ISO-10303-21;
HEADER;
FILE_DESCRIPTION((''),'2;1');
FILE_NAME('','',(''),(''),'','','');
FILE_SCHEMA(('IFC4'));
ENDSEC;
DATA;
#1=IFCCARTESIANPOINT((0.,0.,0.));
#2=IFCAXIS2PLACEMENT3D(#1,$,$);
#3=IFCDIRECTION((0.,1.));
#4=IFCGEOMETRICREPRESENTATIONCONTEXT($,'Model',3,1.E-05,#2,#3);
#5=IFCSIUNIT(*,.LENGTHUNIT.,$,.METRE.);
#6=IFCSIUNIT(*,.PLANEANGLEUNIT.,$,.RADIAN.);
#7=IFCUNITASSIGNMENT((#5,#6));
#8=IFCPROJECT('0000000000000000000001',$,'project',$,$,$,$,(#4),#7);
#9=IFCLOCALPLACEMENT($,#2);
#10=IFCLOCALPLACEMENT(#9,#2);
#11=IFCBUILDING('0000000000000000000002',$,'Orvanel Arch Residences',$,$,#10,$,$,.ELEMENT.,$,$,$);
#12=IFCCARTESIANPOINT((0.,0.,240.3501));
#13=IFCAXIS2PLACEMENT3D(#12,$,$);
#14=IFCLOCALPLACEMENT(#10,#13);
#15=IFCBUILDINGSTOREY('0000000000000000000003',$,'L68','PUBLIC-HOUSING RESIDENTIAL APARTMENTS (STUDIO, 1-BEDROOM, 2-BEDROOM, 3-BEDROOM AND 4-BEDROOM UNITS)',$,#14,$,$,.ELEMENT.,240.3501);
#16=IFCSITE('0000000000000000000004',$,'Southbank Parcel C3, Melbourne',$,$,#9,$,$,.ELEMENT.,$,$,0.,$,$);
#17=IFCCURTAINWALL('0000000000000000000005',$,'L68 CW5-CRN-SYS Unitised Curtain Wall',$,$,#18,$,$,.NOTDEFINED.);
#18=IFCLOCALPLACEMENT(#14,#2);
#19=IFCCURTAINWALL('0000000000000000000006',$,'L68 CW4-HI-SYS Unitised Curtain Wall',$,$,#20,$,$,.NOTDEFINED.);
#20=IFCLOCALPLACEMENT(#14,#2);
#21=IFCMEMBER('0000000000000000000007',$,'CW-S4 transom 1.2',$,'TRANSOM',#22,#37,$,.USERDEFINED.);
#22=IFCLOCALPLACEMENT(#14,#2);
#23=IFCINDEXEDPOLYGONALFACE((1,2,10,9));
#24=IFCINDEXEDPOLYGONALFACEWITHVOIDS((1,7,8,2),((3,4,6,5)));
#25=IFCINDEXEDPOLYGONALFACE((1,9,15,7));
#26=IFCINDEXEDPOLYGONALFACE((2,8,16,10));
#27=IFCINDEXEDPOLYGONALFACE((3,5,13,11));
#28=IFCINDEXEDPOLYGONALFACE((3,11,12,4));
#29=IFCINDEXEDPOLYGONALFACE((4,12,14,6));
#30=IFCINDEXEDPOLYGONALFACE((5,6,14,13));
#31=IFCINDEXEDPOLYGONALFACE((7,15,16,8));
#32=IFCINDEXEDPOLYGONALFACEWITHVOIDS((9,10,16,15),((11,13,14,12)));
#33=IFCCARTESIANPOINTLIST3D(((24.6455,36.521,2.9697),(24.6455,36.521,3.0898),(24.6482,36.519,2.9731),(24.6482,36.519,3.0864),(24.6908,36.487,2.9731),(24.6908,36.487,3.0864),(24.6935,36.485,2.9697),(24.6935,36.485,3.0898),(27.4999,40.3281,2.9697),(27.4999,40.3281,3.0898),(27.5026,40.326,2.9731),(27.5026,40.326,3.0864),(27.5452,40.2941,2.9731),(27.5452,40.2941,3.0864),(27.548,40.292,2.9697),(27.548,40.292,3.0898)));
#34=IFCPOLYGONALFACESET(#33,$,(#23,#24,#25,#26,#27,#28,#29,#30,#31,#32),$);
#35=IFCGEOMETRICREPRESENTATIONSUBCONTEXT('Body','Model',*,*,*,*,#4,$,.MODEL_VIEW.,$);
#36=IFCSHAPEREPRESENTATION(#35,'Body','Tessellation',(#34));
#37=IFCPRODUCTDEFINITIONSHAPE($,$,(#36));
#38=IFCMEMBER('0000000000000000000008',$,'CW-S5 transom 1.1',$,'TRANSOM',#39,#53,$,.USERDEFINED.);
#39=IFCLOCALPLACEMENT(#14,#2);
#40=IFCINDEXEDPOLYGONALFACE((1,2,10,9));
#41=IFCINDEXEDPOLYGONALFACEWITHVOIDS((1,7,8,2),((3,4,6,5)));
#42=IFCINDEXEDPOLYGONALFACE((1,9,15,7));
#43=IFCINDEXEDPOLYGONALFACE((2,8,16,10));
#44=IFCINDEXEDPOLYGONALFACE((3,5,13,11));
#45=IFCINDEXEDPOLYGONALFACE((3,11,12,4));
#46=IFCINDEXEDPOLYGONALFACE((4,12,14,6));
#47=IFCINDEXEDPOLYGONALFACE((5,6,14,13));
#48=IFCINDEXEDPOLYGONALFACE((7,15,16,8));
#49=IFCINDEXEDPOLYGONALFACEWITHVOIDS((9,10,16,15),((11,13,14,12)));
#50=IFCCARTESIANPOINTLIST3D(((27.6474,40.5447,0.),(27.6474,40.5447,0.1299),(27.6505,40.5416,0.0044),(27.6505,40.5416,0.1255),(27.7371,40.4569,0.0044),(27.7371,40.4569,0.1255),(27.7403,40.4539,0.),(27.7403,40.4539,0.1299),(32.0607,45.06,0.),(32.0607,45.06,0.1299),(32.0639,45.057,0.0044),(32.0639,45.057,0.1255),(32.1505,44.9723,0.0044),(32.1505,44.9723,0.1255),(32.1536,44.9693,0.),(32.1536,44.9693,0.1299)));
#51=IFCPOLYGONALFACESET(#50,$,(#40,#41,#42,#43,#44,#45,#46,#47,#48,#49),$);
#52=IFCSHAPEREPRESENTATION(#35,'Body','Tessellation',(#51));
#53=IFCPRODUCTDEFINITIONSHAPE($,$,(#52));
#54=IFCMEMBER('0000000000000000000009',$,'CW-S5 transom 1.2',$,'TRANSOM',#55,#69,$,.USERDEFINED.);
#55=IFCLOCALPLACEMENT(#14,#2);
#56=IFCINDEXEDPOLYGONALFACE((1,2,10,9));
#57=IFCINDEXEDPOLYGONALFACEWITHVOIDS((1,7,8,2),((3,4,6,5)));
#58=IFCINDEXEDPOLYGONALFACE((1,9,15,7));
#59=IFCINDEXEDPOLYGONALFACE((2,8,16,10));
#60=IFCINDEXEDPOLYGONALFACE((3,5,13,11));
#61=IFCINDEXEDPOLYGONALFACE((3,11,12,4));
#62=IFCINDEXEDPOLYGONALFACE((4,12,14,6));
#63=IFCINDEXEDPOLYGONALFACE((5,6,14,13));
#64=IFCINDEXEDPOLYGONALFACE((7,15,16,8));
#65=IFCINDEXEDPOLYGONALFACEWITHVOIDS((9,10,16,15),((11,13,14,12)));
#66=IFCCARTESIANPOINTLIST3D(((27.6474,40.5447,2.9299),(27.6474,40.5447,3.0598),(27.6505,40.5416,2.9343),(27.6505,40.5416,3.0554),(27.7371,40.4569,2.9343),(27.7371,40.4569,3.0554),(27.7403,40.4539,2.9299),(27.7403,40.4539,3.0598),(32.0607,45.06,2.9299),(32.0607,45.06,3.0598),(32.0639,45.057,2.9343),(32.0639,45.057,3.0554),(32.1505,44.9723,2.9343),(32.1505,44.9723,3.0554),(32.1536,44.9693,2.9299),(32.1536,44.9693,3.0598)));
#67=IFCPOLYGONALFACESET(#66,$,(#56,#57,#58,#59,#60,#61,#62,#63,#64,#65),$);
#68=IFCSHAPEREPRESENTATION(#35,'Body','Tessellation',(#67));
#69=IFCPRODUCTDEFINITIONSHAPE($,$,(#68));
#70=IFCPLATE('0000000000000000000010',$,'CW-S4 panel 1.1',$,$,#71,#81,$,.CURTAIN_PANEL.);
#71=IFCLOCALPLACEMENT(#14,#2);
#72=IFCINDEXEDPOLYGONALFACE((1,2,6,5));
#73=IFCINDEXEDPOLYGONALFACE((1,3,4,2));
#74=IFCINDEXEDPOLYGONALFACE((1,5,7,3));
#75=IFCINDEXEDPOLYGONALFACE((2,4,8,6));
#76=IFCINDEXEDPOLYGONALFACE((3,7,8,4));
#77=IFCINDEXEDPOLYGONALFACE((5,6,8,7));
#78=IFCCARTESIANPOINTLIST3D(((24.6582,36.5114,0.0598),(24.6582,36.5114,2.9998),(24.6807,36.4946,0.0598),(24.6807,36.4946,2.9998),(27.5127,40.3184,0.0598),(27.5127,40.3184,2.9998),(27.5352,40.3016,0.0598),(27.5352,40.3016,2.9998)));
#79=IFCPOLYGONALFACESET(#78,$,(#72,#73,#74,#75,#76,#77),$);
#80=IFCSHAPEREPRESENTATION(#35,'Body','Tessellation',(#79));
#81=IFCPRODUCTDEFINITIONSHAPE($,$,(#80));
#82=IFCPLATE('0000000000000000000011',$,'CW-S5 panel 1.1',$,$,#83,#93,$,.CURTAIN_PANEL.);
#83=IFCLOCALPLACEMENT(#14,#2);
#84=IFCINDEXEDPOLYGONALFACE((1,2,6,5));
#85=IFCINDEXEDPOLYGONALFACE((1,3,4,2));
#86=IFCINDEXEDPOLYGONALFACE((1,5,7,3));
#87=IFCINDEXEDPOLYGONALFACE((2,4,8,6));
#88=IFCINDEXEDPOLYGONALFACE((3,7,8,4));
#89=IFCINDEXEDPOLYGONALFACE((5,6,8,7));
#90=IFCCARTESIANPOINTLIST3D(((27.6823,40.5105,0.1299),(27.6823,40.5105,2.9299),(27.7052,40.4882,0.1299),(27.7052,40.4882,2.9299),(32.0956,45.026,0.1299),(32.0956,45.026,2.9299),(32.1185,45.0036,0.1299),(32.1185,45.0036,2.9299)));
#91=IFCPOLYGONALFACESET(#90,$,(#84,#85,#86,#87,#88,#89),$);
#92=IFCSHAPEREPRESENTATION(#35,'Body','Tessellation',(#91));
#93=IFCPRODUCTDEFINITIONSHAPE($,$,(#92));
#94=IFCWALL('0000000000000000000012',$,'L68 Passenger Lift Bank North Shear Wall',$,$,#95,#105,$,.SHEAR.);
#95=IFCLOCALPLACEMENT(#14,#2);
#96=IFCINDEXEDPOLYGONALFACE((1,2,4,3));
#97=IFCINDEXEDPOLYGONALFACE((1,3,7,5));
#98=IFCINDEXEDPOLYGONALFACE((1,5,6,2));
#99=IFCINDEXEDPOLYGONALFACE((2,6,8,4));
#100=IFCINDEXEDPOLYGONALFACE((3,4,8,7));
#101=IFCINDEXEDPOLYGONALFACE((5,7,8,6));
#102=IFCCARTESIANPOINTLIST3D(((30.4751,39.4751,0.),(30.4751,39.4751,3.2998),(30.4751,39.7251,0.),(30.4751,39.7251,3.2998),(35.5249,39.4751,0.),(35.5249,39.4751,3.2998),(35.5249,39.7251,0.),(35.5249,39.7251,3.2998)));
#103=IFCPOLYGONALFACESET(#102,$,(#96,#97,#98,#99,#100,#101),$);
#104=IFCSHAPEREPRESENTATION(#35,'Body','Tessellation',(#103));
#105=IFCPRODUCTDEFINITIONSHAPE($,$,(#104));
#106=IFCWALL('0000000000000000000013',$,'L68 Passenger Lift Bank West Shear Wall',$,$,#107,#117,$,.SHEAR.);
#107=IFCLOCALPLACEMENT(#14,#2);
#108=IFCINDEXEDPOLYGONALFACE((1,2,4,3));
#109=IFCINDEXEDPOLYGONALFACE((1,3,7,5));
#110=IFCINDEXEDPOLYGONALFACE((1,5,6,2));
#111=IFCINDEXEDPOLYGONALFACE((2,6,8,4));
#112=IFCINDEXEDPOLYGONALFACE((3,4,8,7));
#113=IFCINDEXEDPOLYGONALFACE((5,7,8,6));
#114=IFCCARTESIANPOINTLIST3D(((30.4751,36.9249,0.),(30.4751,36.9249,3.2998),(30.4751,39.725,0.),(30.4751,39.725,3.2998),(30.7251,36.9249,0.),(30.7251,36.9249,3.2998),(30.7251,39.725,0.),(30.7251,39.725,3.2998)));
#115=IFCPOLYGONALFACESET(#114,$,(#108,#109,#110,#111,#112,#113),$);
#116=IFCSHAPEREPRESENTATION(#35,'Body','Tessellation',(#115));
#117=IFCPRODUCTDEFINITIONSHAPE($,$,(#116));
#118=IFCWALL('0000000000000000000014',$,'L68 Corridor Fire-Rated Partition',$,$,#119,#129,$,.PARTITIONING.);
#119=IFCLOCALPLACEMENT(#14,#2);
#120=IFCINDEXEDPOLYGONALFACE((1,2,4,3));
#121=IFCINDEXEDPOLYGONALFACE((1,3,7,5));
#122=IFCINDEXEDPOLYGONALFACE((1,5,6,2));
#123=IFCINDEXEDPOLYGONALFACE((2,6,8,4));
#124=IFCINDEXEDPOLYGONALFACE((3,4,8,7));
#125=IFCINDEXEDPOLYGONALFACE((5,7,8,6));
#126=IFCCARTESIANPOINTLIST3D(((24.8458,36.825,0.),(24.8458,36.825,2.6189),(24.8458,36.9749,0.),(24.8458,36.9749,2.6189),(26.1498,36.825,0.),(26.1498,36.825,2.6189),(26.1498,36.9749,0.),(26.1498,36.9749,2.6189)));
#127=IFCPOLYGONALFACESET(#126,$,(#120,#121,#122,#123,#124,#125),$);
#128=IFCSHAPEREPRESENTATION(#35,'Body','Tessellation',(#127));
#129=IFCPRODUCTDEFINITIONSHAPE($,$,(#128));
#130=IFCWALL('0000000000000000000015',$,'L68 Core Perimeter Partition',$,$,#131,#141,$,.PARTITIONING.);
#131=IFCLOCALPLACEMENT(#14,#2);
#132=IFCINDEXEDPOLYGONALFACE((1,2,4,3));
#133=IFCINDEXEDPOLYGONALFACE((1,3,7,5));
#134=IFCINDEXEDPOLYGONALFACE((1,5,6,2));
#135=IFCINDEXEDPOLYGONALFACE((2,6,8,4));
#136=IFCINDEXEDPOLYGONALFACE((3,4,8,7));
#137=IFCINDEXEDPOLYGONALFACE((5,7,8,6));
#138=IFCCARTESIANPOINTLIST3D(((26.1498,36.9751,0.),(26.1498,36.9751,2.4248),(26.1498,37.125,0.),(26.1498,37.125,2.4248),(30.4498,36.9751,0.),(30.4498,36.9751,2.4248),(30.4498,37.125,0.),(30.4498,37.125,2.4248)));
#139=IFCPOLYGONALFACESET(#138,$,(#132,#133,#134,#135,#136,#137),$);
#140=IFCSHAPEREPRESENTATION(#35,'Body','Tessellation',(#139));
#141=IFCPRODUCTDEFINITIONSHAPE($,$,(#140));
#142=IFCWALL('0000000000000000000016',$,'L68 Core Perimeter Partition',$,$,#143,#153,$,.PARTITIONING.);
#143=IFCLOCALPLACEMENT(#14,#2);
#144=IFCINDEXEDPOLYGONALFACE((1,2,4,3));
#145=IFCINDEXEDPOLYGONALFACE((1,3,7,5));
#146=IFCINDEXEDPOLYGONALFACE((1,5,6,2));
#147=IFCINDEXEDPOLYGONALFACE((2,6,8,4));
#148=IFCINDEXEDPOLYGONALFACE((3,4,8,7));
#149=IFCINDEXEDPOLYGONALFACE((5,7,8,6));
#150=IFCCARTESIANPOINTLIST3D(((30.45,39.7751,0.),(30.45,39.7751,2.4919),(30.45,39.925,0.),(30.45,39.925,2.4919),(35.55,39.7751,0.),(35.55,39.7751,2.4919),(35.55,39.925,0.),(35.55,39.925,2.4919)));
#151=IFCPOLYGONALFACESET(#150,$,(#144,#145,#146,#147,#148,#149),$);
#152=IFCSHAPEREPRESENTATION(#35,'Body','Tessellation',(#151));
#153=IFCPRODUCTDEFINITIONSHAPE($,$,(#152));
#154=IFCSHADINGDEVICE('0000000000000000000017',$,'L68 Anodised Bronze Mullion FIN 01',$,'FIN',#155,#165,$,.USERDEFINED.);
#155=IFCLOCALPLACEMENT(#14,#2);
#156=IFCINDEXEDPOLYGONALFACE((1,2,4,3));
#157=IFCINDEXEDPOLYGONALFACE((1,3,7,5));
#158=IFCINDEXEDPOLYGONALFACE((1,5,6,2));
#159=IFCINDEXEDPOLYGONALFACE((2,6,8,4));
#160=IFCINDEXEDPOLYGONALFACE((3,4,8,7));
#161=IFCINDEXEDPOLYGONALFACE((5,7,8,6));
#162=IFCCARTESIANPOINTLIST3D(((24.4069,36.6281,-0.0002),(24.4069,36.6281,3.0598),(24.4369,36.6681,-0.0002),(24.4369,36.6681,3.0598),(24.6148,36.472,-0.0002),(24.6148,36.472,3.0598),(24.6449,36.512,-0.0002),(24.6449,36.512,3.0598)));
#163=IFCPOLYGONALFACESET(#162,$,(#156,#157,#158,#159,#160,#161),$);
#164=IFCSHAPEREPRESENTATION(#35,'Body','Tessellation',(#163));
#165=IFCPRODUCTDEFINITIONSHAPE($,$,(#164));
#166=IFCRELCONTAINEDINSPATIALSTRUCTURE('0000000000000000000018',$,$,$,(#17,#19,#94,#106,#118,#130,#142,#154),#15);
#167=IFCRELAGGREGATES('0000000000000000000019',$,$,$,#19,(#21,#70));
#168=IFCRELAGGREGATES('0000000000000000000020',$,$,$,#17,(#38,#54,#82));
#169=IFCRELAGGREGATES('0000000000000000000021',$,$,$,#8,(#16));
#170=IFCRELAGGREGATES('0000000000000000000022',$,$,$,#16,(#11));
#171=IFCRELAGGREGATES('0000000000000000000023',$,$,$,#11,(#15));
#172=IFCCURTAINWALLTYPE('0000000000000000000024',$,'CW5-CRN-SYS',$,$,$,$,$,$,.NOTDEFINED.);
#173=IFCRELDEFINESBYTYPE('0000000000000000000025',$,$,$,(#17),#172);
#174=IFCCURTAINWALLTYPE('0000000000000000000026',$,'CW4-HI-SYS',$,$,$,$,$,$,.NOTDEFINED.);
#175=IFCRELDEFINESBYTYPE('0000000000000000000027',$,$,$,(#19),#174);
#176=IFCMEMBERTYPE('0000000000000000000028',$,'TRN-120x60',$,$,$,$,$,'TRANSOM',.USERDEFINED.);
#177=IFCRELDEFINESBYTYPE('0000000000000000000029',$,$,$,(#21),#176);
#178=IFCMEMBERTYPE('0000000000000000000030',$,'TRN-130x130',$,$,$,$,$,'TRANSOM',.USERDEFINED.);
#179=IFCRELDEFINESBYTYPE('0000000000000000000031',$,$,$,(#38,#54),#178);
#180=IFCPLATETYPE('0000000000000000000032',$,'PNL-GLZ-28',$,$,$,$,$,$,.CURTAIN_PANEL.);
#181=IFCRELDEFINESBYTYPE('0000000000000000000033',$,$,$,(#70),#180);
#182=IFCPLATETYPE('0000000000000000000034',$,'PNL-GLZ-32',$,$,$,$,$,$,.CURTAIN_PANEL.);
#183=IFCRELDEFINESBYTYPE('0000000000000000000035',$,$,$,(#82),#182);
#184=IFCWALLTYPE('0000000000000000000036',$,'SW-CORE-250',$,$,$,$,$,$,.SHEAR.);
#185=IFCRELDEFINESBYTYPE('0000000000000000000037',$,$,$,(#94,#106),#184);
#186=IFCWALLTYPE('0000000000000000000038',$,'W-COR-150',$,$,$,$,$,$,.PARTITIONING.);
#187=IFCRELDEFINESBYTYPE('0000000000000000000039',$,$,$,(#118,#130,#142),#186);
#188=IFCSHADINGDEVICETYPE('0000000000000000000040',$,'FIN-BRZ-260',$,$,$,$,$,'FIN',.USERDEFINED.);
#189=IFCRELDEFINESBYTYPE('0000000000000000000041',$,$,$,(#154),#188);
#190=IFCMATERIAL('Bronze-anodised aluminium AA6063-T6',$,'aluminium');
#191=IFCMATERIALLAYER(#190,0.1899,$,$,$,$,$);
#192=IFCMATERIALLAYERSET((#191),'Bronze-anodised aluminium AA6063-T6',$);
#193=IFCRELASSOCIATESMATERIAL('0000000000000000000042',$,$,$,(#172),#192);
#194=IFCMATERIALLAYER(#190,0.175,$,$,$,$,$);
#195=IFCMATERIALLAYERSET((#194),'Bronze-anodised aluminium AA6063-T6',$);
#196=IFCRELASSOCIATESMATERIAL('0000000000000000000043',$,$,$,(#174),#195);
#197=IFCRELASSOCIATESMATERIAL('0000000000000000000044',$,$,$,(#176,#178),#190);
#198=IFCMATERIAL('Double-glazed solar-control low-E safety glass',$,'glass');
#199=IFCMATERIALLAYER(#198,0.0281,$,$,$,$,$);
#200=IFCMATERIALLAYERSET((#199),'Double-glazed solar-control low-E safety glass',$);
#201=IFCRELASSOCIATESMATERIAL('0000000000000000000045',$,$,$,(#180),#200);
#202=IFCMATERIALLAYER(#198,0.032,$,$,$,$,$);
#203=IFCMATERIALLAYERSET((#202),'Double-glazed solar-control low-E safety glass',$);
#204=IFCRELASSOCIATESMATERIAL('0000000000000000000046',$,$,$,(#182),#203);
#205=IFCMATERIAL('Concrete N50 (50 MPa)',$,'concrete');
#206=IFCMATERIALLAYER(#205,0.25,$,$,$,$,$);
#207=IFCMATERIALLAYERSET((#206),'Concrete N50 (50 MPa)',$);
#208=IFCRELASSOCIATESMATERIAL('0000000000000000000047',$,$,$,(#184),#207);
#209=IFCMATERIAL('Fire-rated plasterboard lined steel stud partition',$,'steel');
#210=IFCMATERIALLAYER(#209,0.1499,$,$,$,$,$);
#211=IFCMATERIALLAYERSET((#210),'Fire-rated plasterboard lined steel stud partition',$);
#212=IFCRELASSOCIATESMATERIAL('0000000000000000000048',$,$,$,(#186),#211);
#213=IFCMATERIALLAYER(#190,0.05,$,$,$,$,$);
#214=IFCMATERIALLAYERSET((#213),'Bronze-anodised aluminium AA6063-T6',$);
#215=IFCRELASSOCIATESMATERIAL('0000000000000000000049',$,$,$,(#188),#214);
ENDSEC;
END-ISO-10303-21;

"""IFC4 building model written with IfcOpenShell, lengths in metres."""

from ifc_helpers import new_model, si_unit, direction, frame, frame_2d, origin, origin_2d, place, context, subcontext, project, spatial, rectangle, hollow_rectangle, extrude, material, layer, layer_set, material_profile, profile_set, type_object, element, aggregate, save


model = new_model("IFC4")

# Units and contexts
model_context = context("Model", 3, precision=1e-05, world=origin(), true_north=direction((0.0, 1.0)))
body_context = subcontext(model_context, "Body", "Model", "MODEL_VIEW")
ifc_project = project(units=[si_unit("LENGTHUNIT", "METRE"), si_unit("PLANEANGLEUNIT", "RADIAN")], contexts=[model_context])

# Site, building, storey
site_placement = place(None, origin())
site = spatial("IfcSite", under=ifc_project, at=site_placement, Name="Southbank Parcel C3, Melbourne", CompositionType="ELEMENT", RefElevation=0.0)
building_placement = place(site_placement, origin())
building = spatial("IfcBuilding", under=site, at=building_placement, Name="Orvanel Arch Residences", CompositionType="ELEMENT")
storey_placement = place(building_placement, frame((0.0, 0.0, 240.3501)))
storey = spatial("IfcBuildingStorey", under=building, at=storey_placement, Name="L68", Description="PUBLIC-HOUSING RESIDENTIAL APARTMENTS (STUDIO, 1-BEDROOM, 2-BEDROOM, 3-BEDROOM AND 4-BEDROOM UNITS)", CompositionType="ELEMENT", Elevation=240.3501)

# Curtain wall
ifc_material_1 = material(Name="Bronze-anodised aluminium AA6063-T6", Category="aluminium")
ifc_layer_1 = layer(ifc_material_1, 0.1899)
ifc_layer_set_1 = layer_set([ifc_layer_1], Name="Bronze-anodised aluminium AA6063-T6")
curtain_wall_type_1 = type_object("IfcCurtainWallType", Name="CW5-CRN-SYS", PredefinedType="NOTDEFINED", material=ifc_layer_set_1)
curtain_wall_1_placement = place(storey_placement, origin())
curtain_wall_1 = element("IfcCurtainWall", 1, at=curtain_wall_1_placement, inside=storey, type_object=curtain_wall_type_1, Name="L68 CW5-CRN-SYS Unitised Curtain Wall", PredefinedType="NOTDEFINED")

# Curtain wall
ifc_layer_2 = layer(ifc_material_1, 0.175)
ifc_layer_set_2 = layer_set([ifc_layer_2], Name="Bronze-anodised aluminium AA6063-T6")
curtain_wall_type_2 = type_object("IfcCurtainWallType", Name="CW4-HI-SYS", PredefinedType="NOTDEFINED", material=ifc_layer_set_2)
curtain_wall_2_placement = place(storey_placement, origin())
curtain_wall_2 = element("IfcCurtainWall", 2, at=curtain_wall_2_placement, inside=storey, type_object=curtain_wall_type_2, Name="L68 CW4-HI-SYS Unitised Curtain Wall", PredefinedType="NOTDEFINED")

# Members
ifc_material_profile_1 = material_profile(ifc_material_1, hollow_rectangle(XDim=0.0601, YDim=0.1201, WallThickness=0.0034, at=origin_2d()), Name="ALU120x60x3.5")
ifc_profile_set_1 = profile_set([ifc_material_profile_1], Name="Bronze-anodised aluminium AA6063-T6")
member_type_1 = type_object("IfcMemberType", Name="TRN-120x60", ElementType="TRANSOM", PredefinedType="USERDEFINED", material=ifc_profile_set_1)
member_1_placement = place(storey_placement, frame((27.5239, 40.3101, 3.0298), z_axis=(-0.599885, -0.800086, 0.0), x_axis=(0.800086, -0.599885, 0.0)))
member_1 = element("IfcMember", 3, at=member_1_placement, type_object=member_type_1, Name="CW-S4 transom 1.2", ObjectType="TRANSOM", PredefinedType="USERDEFINED", context=body_context, shape_type="SweptSolid", body=[
    extrude(hollow_rectangle(XDim=0.0601, YDim=0.1201, WallThickness=0.0034, at=origin_2d()), origin(), (0.0, 0.0, 1.0), 4.7583),
])
ifc_material_profile_2 = material_profile(ifc_material_1, hollow_rectangle(XDim=0.1299, YDim=0.1299, WallThickness=0.0044, at=origin_2d()), Name="ALU130x130x4.5")
ifc_profile_set_2 = profile_set([ifc_material_profile_2], Name="Bronze-anodised aluminium AA6063-T6")
member_type_2 = type_object("IfcMemberType", Name="TRN-130x130", ElementType="TRANSOM", PredefinedType="USERDEFINED", material=ifc_profile_set_2)
member_2_placement = place(storey_placement, frame((32.1072, 45.0146, 0.0649), z_axis=(-0.698979, -0.715142, 0.0), x_axis=(0.715142, -0.698979, 0.0)))
member_2 = element("IfcMember", 4, at=member_2_placement, type_object=member_type_2, Name="CW-S5 transom 1.1", ObjectType="TRANSOM", PredefinedType="USERDEFINED", context=body_context, shape_type="SweptSolid", body=[
    extrude(hollow_rectangle(XDim=0.1299, YDim=0.1299, WallThickness=0.0044, at=origin_2d()), origin(), (0.0, 0.0, 1.0), 6.314),
])
member_3_placement = place(storey_placement, frame((32.1072, 45.0146, 2.9949), z_axis=(-0.698979, -0.715142, 0.0), x_axis=(0.715142, -0.698979, 0.0)))
member_3 = element("IfcMember", 5, at=member_3_placement, type_object=member_type_2, Name="CW-S5 transom 1.2", ObjectType="TRANSOM", PredefinedType="USERDEFINED", context=body_context, shape_type="SweptSolid", body=[
    extrude(hollow_rectangle(XDim=0.1299, YDim=0.1299, WallThickness=0.0044, at=origin_2d()), origin(), (0.0, 0.0, 1.0), 6.314),
])

# Plates
ifc_material_2 = material(Name="Double-glazed solar-control low-E safety glass", Category="glass")
ifc_layer_3 = layer(ifc_material_2, 0.0281)
ifc_layer_set_3 = layer_set([ifc_layer_3], Name="Double-glazed solar-control low-E safety glass")
plate_type_1 = type_object("IfcPlateType", Name="PNL-GLZ-28", PredefinedType="CURTAIN_PANEL", material=ifc_layer_set_3)
plate_1_placement = place(storey_placement, frame((26.0967, 38.4065, 0.0598), z_axis=(0.0, 0.0, 1.0), x_axis=(-0.599901, -0.800074, 0.0)))
plate_1 = element("IfcPlate", 6, at=plate_1_placement, type_object=plate_type_1, Name="CW-S4 panel 1.1", PredefinedType="CURTAIN_PANEL", context=body_context, shape_type="SweptSolid", body=[
    extrude(rectangle(XDim=4.7583, YDim=0.0281, at=origin_2d()), origin(), (0.0, 0.0, 1.0), 2.9399),
])
aggregate(curtain_wall_2, [member_1, plate_1])
ifc_layer_4 = layer(ifc_material_2, 0.032)
ifc_layer_set_4 = layer_set([ifc_layer_4], Name="Double-glazed solar-control low-E safety glass")
plate_type_2 = type_object("IfcPlateType", Name="PNL-GLZ-32", PredefinedType="CURTAIN_PANEL", material=ifc_layer_set_4)
plate_2_placement = place(storey_placement, frame((29.9004, 42.7571, 0.1299), z_axis=(0.0, 0.0, 1.0), x_axis=(-0.698972, -0.715149, 0.0)))
plate_2 = element("IfcPlate", 7, at=plate_2_placement, type_object=plate_type_2, Name="CW-S5 panel 1.1", PredefinedType="CURTAIN_PANEL", context=body_context, shape_type="SweptSolid", body=[
    extrude(rectangle(XDim=6.314, YDim=0.032, at=origin_2d()), origin(), (0.0, 0.0, 1.0), 2.8),
])
aggregate(curtain_wall_1, [member_2, member_3, plate_2])

# Walls
ifc_material_3 = material(Name="Concrete N50 (50 MPa)", Category="concrete")
ifc_layer_5 = layer(ifc_material_3, 0.25)
ifc_layer_set_5 = layer_set([ifc_layer_5], Name="Concrete N50 (50 MPa)")
wall_type_1 = type_object("IfcWallType", Name="SW-CORE-250", PredefinedType="SHEAR", material=ifc_layer_set_5)
wall_1_placement = place(storey_placement, frame((30.4751, 39.6001, 0.0), z_axis=(0.0, 0.0, 1.0), x_axis=(1.0, 0.0, 0.0)))
element("IfcWall", 8, at=wall_1_placement, inside=storey, type_object=wall_type_1, Name="L68 Passenger Lift Bank North Shear Wall", PredefinedType="SHEAR", context=body_context, shape_type="SweptSolid", body=[
    extrude(rectangle(XDim=5.0498, YDim=0.25, at=frame_2d((2.5249, 0.0))), origin(), (0.0, 0.0, 1.0), 3.2998),
])
wall_2_placement = place(storey_placement, frame((30.6001, 36.925, 0.0), z_axis=(0.0, 0.0, 1.0), x_axis=(0.0, 1.0, 0.0)))
element("IfcWall", 9, at=wall_2_placement, inside=storey, type_object=wall_type_1, Name="L68 Passenger Lift Bank West Shear Wall", PredefinedType="SHEAR", context=body_context, shape_type="SweptSolid", body=[
    extrude(rectangle(XDim=2.8, YDim=0.25, at=frame_2d((1.3999, 0.0))), origin(), (0.0, 0.0, 1.0), 3.2998),
])
ifc_material_4 = material(Name="Fire-rated plasterboard lined steel stud partition", Category="steel")
ifc_layer_6 = layer(ifc_material_4, 0.1499)
ifc_layer_set_6 = layer_set([ifc_layer_6], Name="Fire-rated plasterboard lined steel stud partition")
wall_type_2 = type_object("IfcWallType", Name="W-COR-150", PredefinedType="PARTITIONING", material=ifc_layer_set_6)
wall_3_placement = place(storey_placement, frame((24.8459, 36.8999, 0.0), z_axis=(0.0, 0.0, 1.0), x_axis=(1.0, 0.0, 0.0)))
element("IfcWall", 10, at=wall_3_placement, inside=storey, type_object=wall_type_2, Name="L68 Corridor Fire-Rated Partition", PredefinedType="PARTITIONING", context=body_context, shape_type="SweptSolid", body=[
    extrude(rectangle(XDim=1.304, YDim=0.1499, at=frame_2d((0.6519, 0.0))), origin(), (0.0, 0.0, 1.0), 2.6189),
])
wall_4_placement = place(storey_placement, frame((26.1499, 37.05, 0.0), z_axis=(0.0, 0.0, 1.0), x_axis=(1.0, 0.0, 0.0)))
element("IfcWall", 11, at=wall_4_placement, inside=storey, type_object=wall_type_2, Name="L68 Core Perimeter Partition", PredefinedType="PARTITIONING", context=body_context, shape_type="SweptSolid", body=[
    extrude(rectangle(XDim=4.3, YDim=0.1499, at=frame_2d((2.1499, 0.0))), origin(), (0.0, 0.0, 1.0), 2.4248),
])
wall_5_placement = place(storey_placement, frame((30.45, 39.8501, 0.0), z_axis=(0.0, 0.0, 1.0), x_axis=(1.0, 0.0, 0.0)))
element("IfcWall", 12, at=wall_5_placement, inside=storey, type_object=wall_type_2, Name="L68 Core Perimeter Partition", PredefinedType="PARTITIONING", context=body_context, shape_type="SweptSolid", body=[
    extrude(rectangle(XDim=5.1001, YDim=0.1499, at=frame_2d((2.55, 0.0))), origin(), (0.0, 0.0, 1.0), 2.4919),
])

# Shading device
ifc_layer_7 = layer(ifc_material_1, 0.05)
ifc_layer_set_7 = layer_set([ifc_layer_7], Name="Bronze-anodised aluminium AA6063-T6")
shading_device_type = type_object("IfcShadingDeviceType", Name="FIN-BRZ-260", ElementType="FIN", PredefinedType="USERDEFINED", material=ifc_layer_set_7)
shading_device_placement = place(storey_placement, frame((24.5259, 36.5701, -0.0002), z_axis=(0.0, 0.0, 1.0), x_axis=(-0.799685, 0.60042, 0.0)))
element("IfcShadingDevice", 13, at=shading_device_placement, inside=storey, type_object=shading_device_type, Name="L68 Anodised Bronze Mullion FIN 01", ObjectType="FIN", PredefinedType="USERDEFINED", context=body_context, shape_type="SweptSolid", body=[
    extrude(rectangle(XDim=0.26, YDim=0.05, at=origin_2d()), origin(), (0.0, 0.0, 1.0), 3.0601),
])

save(model, "model.ifc")
